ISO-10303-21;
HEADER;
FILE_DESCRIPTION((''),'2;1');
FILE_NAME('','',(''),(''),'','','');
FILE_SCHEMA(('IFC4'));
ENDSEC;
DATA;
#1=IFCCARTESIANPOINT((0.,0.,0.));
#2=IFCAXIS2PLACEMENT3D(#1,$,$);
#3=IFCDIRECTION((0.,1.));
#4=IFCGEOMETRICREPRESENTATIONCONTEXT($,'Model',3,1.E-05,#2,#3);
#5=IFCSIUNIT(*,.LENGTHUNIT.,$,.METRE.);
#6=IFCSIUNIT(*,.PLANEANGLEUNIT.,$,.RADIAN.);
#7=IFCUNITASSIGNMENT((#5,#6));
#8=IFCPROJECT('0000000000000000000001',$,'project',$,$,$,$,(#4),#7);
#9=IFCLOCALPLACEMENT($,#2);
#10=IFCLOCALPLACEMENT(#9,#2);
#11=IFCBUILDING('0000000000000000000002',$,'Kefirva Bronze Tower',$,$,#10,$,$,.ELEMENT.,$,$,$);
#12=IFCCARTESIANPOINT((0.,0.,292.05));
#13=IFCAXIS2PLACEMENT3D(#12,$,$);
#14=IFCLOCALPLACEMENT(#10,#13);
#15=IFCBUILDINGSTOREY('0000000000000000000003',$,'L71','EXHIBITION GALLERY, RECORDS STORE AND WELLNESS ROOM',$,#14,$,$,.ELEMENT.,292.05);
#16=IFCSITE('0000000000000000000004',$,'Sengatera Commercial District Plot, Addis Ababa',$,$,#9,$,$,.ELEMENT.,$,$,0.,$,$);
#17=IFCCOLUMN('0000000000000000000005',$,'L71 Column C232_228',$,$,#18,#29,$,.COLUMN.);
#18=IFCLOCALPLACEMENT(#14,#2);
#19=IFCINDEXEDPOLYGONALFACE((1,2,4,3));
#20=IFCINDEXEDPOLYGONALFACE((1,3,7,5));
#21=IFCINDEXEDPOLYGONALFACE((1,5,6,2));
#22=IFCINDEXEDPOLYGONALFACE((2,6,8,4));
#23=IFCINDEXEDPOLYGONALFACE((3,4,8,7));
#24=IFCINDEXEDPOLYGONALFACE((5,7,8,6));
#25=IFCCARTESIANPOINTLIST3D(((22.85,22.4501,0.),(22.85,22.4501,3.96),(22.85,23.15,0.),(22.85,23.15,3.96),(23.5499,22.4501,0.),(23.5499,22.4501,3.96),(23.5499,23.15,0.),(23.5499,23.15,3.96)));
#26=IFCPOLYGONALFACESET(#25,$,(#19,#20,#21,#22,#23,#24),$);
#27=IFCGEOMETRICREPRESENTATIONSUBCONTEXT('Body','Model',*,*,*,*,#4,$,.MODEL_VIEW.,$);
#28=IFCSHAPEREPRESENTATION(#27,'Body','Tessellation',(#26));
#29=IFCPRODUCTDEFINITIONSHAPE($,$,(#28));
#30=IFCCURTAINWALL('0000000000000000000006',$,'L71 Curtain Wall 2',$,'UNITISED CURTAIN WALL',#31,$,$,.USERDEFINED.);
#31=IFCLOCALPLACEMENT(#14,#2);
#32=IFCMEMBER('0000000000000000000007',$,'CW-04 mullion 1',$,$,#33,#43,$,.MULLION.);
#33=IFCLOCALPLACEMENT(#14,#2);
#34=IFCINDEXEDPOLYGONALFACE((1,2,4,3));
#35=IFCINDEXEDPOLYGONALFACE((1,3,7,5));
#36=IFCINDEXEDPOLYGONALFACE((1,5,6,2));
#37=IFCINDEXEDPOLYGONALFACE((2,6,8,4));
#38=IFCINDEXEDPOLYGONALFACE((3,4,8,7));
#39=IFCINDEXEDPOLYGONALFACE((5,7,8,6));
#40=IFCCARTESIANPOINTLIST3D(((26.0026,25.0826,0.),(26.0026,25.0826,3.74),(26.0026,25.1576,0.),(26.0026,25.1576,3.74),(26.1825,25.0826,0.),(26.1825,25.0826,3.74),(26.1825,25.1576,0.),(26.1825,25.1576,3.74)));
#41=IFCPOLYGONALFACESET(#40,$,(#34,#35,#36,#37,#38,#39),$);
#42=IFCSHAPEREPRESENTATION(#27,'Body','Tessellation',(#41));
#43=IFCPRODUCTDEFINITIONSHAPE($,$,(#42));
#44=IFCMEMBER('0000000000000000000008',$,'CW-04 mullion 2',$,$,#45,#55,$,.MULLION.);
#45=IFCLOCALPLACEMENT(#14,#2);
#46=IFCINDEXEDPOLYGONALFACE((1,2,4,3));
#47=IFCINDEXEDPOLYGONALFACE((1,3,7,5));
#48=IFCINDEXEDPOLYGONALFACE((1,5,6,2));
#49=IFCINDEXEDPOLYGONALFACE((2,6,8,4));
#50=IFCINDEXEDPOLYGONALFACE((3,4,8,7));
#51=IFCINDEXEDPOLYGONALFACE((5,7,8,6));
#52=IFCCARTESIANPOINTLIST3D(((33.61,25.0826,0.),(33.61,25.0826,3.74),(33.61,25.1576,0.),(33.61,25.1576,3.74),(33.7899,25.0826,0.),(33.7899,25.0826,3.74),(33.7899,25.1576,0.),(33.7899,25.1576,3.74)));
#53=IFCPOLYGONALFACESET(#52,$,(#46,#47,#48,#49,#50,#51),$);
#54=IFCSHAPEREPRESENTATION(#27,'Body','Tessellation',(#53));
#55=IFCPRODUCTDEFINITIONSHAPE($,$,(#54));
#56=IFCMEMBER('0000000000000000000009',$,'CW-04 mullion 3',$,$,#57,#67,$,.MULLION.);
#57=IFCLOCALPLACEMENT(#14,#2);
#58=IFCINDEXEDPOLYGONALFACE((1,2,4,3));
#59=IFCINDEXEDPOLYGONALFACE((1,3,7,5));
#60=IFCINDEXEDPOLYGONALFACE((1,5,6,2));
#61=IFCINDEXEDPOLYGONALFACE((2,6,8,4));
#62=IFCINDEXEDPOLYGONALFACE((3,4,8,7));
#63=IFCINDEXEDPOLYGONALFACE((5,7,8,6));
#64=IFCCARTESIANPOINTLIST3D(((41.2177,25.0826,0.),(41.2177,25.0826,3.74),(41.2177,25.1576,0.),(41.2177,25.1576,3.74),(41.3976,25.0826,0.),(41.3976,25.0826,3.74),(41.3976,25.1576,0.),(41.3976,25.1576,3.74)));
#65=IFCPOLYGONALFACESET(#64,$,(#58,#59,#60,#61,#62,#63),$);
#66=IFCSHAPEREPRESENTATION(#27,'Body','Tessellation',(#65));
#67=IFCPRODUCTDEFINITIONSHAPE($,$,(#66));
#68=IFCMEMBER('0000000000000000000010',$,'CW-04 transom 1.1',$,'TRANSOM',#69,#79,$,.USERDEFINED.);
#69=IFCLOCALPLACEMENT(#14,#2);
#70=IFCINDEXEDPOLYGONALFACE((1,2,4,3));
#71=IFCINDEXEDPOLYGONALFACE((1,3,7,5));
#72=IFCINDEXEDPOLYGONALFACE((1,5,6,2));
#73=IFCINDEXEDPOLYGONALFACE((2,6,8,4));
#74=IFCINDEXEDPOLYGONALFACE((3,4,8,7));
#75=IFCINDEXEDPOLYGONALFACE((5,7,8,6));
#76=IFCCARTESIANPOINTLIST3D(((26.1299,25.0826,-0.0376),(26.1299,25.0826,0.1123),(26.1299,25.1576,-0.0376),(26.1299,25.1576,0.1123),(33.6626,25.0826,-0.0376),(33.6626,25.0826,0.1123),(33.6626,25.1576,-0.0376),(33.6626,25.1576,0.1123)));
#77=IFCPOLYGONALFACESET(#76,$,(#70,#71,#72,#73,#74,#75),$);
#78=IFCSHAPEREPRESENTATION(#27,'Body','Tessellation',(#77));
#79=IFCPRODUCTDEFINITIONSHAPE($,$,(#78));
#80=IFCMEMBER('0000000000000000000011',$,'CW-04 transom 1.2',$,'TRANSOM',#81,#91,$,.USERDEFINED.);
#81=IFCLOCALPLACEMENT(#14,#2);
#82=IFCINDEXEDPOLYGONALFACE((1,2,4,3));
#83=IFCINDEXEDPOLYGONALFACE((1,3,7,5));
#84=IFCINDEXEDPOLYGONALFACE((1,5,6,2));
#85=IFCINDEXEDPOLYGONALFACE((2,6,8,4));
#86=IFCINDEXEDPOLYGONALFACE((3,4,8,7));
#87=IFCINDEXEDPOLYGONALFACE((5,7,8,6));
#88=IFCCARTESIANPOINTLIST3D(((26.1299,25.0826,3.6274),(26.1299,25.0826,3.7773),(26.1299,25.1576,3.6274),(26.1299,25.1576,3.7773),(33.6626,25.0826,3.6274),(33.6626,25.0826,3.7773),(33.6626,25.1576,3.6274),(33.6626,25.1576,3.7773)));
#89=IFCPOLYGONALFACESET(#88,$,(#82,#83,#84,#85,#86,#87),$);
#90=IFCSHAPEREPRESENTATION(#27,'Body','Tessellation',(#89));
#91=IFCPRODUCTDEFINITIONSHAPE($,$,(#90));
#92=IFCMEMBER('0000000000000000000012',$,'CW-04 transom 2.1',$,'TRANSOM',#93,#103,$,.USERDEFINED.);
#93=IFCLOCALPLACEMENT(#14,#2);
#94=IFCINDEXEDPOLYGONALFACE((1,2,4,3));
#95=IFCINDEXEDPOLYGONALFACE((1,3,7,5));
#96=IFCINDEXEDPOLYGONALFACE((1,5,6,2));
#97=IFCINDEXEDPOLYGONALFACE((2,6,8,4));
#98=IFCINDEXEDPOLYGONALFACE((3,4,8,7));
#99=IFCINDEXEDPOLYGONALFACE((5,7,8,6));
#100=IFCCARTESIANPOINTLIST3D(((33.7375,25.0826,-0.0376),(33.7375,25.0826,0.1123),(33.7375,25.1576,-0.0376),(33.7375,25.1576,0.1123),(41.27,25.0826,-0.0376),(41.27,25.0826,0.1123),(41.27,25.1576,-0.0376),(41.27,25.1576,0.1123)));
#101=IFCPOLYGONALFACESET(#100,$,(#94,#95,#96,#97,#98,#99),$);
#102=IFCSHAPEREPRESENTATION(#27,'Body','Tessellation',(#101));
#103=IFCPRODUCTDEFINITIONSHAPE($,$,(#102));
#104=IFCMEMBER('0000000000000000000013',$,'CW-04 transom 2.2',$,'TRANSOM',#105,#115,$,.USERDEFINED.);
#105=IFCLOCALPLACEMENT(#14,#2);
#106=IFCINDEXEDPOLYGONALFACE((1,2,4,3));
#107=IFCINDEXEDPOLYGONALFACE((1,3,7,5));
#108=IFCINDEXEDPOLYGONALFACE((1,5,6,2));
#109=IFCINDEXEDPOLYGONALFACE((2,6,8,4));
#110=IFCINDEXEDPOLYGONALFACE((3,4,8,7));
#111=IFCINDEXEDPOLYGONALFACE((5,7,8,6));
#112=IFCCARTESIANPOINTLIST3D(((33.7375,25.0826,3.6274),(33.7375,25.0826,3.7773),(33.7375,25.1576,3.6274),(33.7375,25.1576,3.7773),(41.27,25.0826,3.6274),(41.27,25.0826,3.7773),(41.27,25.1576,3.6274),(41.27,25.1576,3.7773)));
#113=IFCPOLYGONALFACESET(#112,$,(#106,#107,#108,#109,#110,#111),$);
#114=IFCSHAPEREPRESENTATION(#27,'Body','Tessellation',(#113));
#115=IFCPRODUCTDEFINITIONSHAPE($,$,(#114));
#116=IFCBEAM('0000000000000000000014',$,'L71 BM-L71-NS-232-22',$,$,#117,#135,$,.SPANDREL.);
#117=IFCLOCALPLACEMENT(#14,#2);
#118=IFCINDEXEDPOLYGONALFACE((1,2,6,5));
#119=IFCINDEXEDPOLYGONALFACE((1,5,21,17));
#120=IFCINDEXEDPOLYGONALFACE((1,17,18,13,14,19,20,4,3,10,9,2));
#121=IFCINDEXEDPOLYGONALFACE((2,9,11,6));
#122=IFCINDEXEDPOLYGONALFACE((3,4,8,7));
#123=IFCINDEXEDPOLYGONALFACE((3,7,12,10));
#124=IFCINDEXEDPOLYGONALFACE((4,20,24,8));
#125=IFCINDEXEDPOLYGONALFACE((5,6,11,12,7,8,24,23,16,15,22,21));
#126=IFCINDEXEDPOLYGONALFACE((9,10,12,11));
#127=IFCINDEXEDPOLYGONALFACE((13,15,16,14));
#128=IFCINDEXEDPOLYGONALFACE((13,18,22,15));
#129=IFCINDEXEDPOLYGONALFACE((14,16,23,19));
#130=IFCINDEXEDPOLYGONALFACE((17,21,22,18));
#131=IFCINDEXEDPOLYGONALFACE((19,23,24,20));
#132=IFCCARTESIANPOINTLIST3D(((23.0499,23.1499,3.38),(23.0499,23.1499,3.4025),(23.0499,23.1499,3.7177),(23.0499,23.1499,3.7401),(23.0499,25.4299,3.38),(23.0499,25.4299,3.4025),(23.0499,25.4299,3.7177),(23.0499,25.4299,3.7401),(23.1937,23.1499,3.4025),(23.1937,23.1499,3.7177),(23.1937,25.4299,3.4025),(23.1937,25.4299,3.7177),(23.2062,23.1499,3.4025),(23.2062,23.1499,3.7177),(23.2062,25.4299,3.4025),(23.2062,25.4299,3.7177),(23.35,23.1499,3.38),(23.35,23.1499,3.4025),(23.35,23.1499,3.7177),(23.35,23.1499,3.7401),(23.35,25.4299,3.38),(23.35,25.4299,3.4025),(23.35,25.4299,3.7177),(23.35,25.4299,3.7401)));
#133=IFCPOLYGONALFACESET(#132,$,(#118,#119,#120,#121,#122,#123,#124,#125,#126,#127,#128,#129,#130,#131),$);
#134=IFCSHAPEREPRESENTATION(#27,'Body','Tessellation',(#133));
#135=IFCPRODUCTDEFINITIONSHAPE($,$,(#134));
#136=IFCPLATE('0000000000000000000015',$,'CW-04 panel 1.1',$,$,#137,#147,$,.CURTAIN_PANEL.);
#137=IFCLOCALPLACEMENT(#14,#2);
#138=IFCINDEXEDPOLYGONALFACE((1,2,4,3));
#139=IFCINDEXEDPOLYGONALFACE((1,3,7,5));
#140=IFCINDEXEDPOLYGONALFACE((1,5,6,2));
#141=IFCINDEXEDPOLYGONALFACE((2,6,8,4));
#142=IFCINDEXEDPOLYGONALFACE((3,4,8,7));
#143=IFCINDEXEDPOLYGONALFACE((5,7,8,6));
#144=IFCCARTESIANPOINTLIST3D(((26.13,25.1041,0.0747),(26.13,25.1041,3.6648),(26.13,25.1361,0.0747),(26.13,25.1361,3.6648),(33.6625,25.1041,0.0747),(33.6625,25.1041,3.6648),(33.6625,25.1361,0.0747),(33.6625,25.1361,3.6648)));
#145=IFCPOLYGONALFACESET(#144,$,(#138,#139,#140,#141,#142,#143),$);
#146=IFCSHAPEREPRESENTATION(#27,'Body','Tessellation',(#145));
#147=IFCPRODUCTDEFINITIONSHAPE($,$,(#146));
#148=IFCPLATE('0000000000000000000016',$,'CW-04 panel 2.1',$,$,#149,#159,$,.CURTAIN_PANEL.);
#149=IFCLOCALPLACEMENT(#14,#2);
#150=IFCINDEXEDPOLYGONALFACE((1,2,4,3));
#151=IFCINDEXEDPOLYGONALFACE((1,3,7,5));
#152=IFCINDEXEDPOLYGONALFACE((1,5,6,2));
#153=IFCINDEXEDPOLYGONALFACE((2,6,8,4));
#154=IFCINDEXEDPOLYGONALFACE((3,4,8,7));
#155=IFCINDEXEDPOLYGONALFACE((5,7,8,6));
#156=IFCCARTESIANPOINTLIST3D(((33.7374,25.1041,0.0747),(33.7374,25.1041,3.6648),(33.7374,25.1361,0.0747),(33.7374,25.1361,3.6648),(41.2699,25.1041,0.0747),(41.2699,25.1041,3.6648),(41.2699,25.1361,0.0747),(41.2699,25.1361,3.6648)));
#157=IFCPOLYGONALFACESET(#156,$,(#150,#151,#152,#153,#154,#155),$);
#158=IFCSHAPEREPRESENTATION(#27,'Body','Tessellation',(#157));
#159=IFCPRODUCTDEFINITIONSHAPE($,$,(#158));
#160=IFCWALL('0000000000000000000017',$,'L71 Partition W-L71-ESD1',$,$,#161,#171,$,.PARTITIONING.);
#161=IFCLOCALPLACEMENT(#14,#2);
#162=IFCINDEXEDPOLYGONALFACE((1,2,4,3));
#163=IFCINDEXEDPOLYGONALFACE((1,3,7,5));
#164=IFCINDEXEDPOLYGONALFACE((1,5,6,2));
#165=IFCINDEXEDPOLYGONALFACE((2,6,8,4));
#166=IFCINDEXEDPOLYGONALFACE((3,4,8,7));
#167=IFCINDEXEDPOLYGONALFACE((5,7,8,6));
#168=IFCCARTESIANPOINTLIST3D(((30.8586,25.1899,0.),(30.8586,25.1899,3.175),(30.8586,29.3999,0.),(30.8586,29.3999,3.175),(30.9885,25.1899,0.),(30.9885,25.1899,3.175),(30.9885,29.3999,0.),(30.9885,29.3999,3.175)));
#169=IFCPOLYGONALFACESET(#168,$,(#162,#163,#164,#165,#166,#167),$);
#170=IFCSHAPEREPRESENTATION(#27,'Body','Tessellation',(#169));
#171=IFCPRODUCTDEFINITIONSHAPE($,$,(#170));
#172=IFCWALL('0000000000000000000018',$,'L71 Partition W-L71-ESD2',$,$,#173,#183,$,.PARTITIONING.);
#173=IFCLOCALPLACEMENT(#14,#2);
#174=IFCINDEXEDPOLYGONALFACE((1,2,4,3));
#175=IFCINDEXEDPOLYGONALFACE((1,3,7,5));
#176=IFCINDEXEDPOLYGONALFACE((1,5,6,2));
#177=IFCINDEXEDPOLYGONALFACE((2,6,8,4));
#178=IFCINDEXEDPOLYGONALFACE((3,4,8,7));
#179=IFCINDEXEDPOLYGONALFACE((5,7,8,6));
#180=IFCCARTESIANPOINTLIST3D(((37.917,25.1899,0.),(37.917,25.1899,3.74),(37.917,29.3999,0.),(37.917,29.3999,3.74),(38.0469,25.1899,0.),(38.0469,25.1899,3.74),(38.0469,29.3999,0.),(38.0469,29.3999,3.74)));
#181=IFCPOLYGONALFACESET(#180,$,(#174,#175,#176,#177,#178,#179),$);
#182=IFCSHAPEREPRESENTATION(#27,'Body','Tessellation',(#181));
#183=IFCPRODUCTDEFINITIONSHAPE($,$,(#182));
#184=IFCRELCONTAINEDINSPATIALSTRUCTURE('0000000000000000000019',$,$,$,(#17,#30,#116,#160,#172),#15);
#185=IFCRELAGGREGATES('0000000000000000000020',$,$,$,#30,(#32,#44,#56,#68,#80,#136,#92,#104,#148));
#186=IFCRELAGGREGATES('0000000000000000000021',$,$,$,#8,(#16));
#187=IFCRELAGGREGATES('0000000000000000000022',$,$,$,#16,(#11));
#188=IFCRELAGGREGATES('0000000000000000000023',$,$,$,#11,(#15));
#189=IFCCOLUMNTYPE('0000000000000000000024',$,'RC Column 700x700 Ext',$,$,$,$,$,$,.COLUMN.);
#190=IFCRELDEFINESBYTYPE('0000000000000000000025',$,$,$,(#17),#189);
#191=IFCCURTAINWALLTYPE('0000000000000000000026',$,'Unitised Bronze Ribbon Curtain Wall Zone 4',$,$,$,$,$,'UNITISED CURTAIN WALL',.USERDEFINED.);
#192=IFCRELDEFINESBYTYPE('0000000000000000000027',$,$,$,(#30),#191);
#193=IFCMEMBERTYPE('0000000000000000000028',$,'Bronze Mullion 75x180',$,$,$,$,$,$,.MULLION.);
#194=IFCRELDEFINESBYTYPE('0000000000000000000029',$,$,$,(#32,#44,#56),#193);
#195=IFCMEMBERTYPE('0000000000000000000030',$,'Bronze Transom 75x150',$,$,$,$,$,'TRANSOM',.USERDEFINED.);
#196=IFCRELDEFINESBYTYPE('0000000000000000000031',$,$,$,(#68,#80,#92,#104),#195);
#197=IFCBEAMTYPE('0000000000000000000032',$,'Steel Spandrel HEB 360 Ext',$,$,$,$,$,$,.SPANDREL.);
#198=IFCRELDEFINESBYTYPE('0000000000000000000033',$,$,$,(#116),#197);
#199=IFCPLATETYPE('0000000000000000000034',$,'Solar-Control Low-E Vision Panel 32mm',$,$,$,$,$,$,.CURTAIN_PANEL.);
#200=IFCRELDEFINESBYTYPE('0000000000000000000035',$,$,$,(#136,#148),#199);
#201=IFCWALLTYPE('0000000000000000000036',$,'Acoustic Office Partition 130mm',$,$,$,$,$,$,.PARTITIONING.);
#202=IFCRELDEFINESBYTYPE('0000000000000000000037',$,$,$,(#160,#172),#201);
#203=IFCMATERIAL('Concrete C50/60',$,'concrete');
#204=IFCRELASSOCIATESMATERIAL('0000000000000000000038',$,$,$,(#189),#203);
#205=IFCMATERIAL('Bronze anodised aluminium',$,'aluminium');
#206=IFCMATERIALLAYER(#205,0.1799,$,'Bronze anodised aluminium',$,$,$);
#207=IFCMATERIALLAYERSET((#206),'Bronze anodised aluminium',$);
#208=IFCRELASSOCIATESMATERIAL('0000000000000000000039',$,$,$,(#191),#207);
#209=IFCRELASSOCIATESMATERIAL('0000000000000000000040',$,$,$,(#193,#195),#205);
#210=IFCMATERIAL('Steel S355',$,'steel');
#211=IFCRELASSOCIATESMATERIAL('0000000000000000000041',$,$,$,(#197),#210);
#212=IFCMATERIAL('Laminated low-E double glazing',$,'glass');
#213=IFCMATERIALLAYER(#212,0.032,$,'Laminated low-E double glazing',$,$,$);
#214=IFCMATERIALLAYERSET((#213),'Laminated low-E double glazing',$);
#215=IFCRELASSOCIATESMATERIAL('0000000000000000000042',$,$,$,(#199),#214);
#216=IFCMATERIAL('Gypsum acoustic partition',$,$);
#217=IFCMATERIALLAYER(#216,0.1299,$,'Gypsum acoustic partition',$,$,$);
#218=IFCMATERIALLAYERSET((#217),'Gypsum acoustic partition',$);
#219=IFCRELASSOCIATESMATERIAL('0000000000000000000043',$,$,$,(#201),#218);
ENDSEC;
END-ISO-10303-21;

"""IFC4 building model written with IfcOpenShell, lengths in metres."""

from ifc_helpers import new_model, si_unit, direction, frame, frame_2d, origin, origin_2d, place, context, subcontext, project, spatial, rectangle, i_section, extrude, material, layer, layer_set, material_profile, profile_set, type_object, element, aggregate, save


model = new_model("IFC4")

# Units and contexts
model_context = context("Model", 3, precision=1e-05, world=origin(), true_north=direction((0.0, 1.0)))
body_context = subcontext(model_context, "Body", "Model", "MODEL_VIEW")
ifc_project = project(units=[si_unit("LENGTHUNIT", "METRE"), si_unit("PLANEANGLEUNIT", "RADIAN")], contexts=[model_context])

# Site, building, storey
site_placement = place(None, origin())
site = spatial("IfcSite", under=ifc_project, at=site_placement, Name="Sengatera Commercial District Plot, Addis Ababa", CompositionType="ELEMENT", RefElevation=0.0)
building_placement = place(site_placement, origin())
building = spatial("IfcBuilding", under=site, at=building_placement, Name="Kefirva Bronze Tower", CompositionType="ELEMENT")
storey_placement = place(building_placement, frame((0.0, 0.0, 292.05)))
storey = spatial("IfcBuildingStorey", under=building, at=storey_placement, Name="L71", Description="EXHIBITION GALLERY, RECORDS STORE AND WELLNESS ROOM", CompositionType="ELEMENT", Elevation=292.05)

# Column
ifc_material_1 = material(Name="Concrete C50/60", Category="concrete")
ifc_material_profile_1 = material_profile(ifc_material_1, rectangle(XDim=0.7, YDim=0.7, at=origin_2d()), Name="RC 700x700")
ifc_profile_set_1 = profile_set([ifc_material_profile_1], Name="Concrete C50/60")
column_type = type_object("IfcColumnType", Name="RC Column 700x700 Ext", PredefinedType="COLUMN", material=ifc_profile_set_1)
column_placement = place(storey_placement, frame((23.2, 22.8, 0.0), z_axis=(0.0, 0.0, 1.0), x_axis=(1.0, 0.0, 0.0)))
element("IfcColumn", 1, at=column_placement, inside=storey, type_object=column_type, Name="L71 Column C232_228", PredefinedType="COLUMN", context=body_context, shape_type="SweptSolid", body=[
    extrude(rectangle(XDim=0.7, YDim=0.7, at=origin_2d()), origin(), (0.0, 0.0, 1.0), 3.96),
])

# Curtain wall, members
ifc_material_2 = material(Name="Bronze anodised aluminium", Category="aluminium")
ifc_layer_1 = layer(ifc_material_2, 0.1799, Name="Bronze anodised aluminium")
ifc_layer_set_1 = layer_set([ifc_layer_1], Name="Bronze anodised aluminium")
curtain_wall_type = type_object("IfcCurtainWallType", Name="Unitised Bronze Ribbon Curtain Wall Zone 4", ElementType="UNITISED CURTAIN WALL", PredefinedType="USERDEFINED", material=ifc_layer_set_1)
curtain_wall_placement = place(storey_placement, origin())
curtain_wall = element("IfcCurtainWall", 2, at=curtain_wall_placement, inside=storey, type_object=curtain_wall_type, Name="L71 Curtain Wall 2", ObjectType="UNITISED CURTAIN WALL", PredefinedType="USERDEFINED")
ifc_material_profile_2 = material_profile(ifc_material_2, rectangle(XDim=0.075, YDim=0.1799, at=origin_2d()), Name="ALU 75x180")
ifc_profile_set_2 = profile_set([ifc_material_profile_2], Name="Bronze anodised aluminium")
member_type_1 = type_object("IfcMemberType", Name="Bronze Mullion 75x180", PredefinedType="MULLION", material=ifc_profile_set_2)
member_1_placement = place(storey_placement, frame((26.0925, 25.1201, 0.0), z_axis=(0.0, 0.0, 1.0), x_axis=(0.0, 1.0, 0.0)))
member_1 = element("IfcMember", 3, at=member_1_placement, type_object=member_type_1, Name="CW-04 mullion 1", PredefinedType="MULLION", context=body_context, shape_type="SweptSolid", body=[
    extrude(rectangle(XDim=0.075, YDim=0.1799, at=origin_2d()), origin(), (0.0, 0.0, 1.0), 3.74),
])
member_2_placement = place(storey_placement, frame((33.7, 25.1201, 0.0), z_axis=(0.0, 0.0, 1.0), x_axis=(0.0, 1.0, 0.0)))
member_2 = element("IfcMember", 4, at=member_2_placement, type_object=member_type_1, Name="CW-04 mullion 2", PredefinedType="MULLION", context=body_context, shape_type="SweptSolid", body=[
    extrude(rectangle(XDim=0.075, YDim=0.1799, at=origin_2d()), origin(), (0.0, 0.0, 1.0), 3.74),
])
member_3_placement = place(storey_placement, frame((41.3076, 25.1201, 0.0), z_axis=(0.0, 0.0, 1.0), x_axis=(0.0, 1.0, 0.0)))
member_3 = element("IfcMember", 5, at=member_3_placement, type_object=member_type_1, Name="CW-04 mullion 3", PredefinedType="MULLION", context=body_context, shape_type="SweptSolid", body=[
    extrude(rectangle(XDim=0.075, YDim=0.1799, at=origin_2d()), origin(), (0.0, 0.0, 1.0), 3.74),
])
ifc_material_profile_3 = material_profile(ifc_material_2, rectangle(XDim=0.075, YDim=0.1499, at=origin_2d()), Name="ALU 75x150")
ifc_profile_set_3 = profile_set([ifc_material_profile_3], Name="Bronze anodised aluminium")
member_type_2 = type_object("IfcMemberType", Name="Bronze Transom 75x150", ElementType="TRANSOM", PredefinedType="USERDEFINED", material=ifc_profile_set_3)
member_4_placement = place(storey_placement, frame((26.1299, 25.1201, 0.0374), z_axis=(1.0, 0.0, 0.0), x_axis=(0.0, 1.0, 0.0)))
member_4 = element("IfcMember", 6, at=member_4_placement, type_object=member_type_2, Name="CW-04 transom 1.1", ObjectType="TRANSOM", PredefinedType="USERDEFINED", context=body_context, shape_type="SweptSolid", body=[
    extrude(rectangle(XDim=0.075, YDim=0.1499, at=origin_2d()), origin(), (0.0, 0.0, 1.0), 7.5327),
])
member_5_placement = place(storey_placement, frame((26.1299, 25.1201, 3.7024), z_axis=(1.0, 0.0, 0.0), x_axis=(0.0, 1.0, 0.0)))
member_5 = element("IfcMember", 7, at=member_5_placement, type_object=member_type_2, Name="CW-04 transom 1.2", ObjectType="TRANSOM", PredefinedType="USERDEFINED", context=body_context, shape_type="SweptSolid", body=[
    extrude(rectangle(XDim=0.075, YDim=0.1499, at=origin_2d()), origin(), (0.0, 0.0, 1.0), 7.5327),
])
member_6_placement = place(storey_placement, frame((33.7375, 25.1201, 0.0374), z_axis=(1.0, 0.0, 0.0), x_axis=(0.0, 1.0, 0.0)))
member_6 = element("IfcMember", 8, at=member_6_placement, type_object=member_type_2, Name="CW-04 transom 2.1", ObjectType="TRANSOM", PredefinedType="USERDEFINED", context=body_context, shape_type="SweptSolid", body=[
    extrude(rectangle(XDim=0.075, YDim=0.1499, at=origin_2d()), origin(), (0.0, 0.0, 1.0), 7.5325),
])
member_7_placement = place(storey_placement, frame((33.7375, 25.1201, 3.7024), z_axis=(1.0, 0.0, 0.0), x_axis=(0.0, 1.0, 0.0)))
member_7 = element("IfcMember", 9, at=member_7_placement, type_object=member_type_2, Name="CW-04 transom 2.2", ObjectType="TRANSOM", PredefinedType="USERDEFINED", context=body_context, shape_type="SweptSolid", body=[
    extrude(rectangle(XDim=0.075, YDim=0.1499, at=origin_2d()), origin(), (0.0, 0.0, 1.0), 7.5325),
])

# Beam
ifc_material_3 = material(Name="Steel S355", Category="steel")
ifc_material_profile_4 = material_profile(ifc_material_3, i_section(OverallWidth=0.3, OverallDepth=0.3601, WebThickness=0.0125, FlangeThickness=0.0225, at=origin_2d()), Name="HEB 360")
ifc_profile_set_4 = profile_set([ifc_material_profile_4], Name="Steel S355")
beam_type = type_object("IfcBeamType", Name="Steel Spandrel HEB 360 Ext", PredefinedType="SPANDREL", material=ifc_profile_set_4)
beam_placement = place(storey_placement, frame((23.2, 23.1499, 3.5601), z_axis=(0.0, 1.0, 0.0), x_axis=(-1.0, 0.0, 0.0)))
element("IfcBeam", 10, at=beam_placement, inside=storey, type_object=beam_type, Name="L71 BM-L71-NS-232-22", PredefinedType="SPANDREL", context=body_context, shape_type="SweptSolid", body=[
    extrude(i_section(OverallWidth=0.3, OverallDepth=0.3601, WebThickness=0.0125, FlangeThickness=0.0225, at=origin_2d()), origin(), (0.0, 0.0, 1.0), 2.28),
])

# Plates
ifc_material_4 = material(Name="Laminated low-E double glazing", Category="glass")
ifc_layer_2 = layer(ifc_material_4, 0.032, Name="Laminated low-E double glazing")
ifc_layer_set_2 = layer_set([ifc_layer_2], Name="Laminated low-E double glazing")
plate_type = type_object("IfcPlateType", Name="Solar-Control Low-E Vision Panel 32mm", PredefinedType="CURTAIN_PANEL", material=ifc_layer_set_2)
plate_1_placement = place(storey_placement, frame((29.8962, 25.1201, 0.0747), z_axis=(0.0, 0.0, 1.0), x_axis=(1.0, 0.0, 0.0)))
plate_1 = element("IfcPlate", 11, at=plate_1_placement, type_object=plate_type, Name="CW-04 panel 1.1", PredefinedType="CURTAIN_PANEL", context=body_context, shape_type="SweptSolid", body=[
    extrude(rectangle(XDim=7.5325, YDim=0.032, at=origin_2d()), origin(), (0.0, 0.0, 1.0), 3.5901),
])
plate_2_placement = place(storey_placement, frame((37.5037, 25.1201, 0.0747), z_axis=(0.0, 0.0, 1.0), x_axis=(1.0, 0.0, 0.0)))
plate_2 = element("IfcPlate", 12, at=plate_2_placement, type_object=plate_type, Name="CW-04 panel 2.1", PredefinedType="CURTAIN_PANEL", context=body_context, shape_type="SweptSolid", body=[
    extrude(rectangle(XDim=7.5325, YDim=0.032, at=origin_2d()), origin(), (0.0, 0.0, 1.0), 3.5901),
])
aggregate(curtain_wall, [member_1, member_2, member_3, member_4, member_5, plate_1, member_6, member_7, plate_2])

# Walls
ifc_material_5 = material(Name="Gypsum acoustic partition")
ifc_layer_3 = layer(ifc_material_5, 0.1299, Name="Gypsum acoustic partition")
ifc_layer_set_3 = layer_set([ifc_layer_3], Name="Gypsum acoustic partition")
wall_type_1 = type_object("IfcWallType", Name="Acoustic Office Partition 130mm", PredefinedType="PARTITIONING", material=ifc_layer_set_3)
wall_1_placement = place(storey_placement, frame((30.9236, 25.1899, 0.0), z_axis=(0.0, 0.0, 1.0), x_axis=(0.0, 1.0, 0.0)))
element("IfcWall", 13, at=wall_1_placement, inside=storey, type_object=wall_type_1, Name="L71 Partition W-L71-ESD1", PredefinedType="PARTITIONING", context=body_context, shape_type="SweptSolid", body=[
    extrude(rectangle(XDim=4.21, YDim=0.1299, at=frame_2d((2.105, 0.0))), origin(), (0.0, 0.0, 1.0), 3.175),
])
wall_2_placement = place(storey_placement, frame((37.9819, 25.1899, 0.0), z_axis=(0.0, 0.0, 1.0), x_axis=(0.0, 1.0, 0.0)))
element("IfcWall", 14, at=wall_2_placement, inside=storey, type_object=wall_type_1, Name="L71 Partition W-L71-ESD2", PredefinedType="PARTITIONING", context=body_context, shape_type="SweptSolid", body=[
    extrude(rectangle(XDim=4.21, YDim=0.1299, at=frame_2d((2.105, 0.0))), origin(), (0.0, 0.0, 1.0), 3.74),
])

save(model, "model.ifc")
